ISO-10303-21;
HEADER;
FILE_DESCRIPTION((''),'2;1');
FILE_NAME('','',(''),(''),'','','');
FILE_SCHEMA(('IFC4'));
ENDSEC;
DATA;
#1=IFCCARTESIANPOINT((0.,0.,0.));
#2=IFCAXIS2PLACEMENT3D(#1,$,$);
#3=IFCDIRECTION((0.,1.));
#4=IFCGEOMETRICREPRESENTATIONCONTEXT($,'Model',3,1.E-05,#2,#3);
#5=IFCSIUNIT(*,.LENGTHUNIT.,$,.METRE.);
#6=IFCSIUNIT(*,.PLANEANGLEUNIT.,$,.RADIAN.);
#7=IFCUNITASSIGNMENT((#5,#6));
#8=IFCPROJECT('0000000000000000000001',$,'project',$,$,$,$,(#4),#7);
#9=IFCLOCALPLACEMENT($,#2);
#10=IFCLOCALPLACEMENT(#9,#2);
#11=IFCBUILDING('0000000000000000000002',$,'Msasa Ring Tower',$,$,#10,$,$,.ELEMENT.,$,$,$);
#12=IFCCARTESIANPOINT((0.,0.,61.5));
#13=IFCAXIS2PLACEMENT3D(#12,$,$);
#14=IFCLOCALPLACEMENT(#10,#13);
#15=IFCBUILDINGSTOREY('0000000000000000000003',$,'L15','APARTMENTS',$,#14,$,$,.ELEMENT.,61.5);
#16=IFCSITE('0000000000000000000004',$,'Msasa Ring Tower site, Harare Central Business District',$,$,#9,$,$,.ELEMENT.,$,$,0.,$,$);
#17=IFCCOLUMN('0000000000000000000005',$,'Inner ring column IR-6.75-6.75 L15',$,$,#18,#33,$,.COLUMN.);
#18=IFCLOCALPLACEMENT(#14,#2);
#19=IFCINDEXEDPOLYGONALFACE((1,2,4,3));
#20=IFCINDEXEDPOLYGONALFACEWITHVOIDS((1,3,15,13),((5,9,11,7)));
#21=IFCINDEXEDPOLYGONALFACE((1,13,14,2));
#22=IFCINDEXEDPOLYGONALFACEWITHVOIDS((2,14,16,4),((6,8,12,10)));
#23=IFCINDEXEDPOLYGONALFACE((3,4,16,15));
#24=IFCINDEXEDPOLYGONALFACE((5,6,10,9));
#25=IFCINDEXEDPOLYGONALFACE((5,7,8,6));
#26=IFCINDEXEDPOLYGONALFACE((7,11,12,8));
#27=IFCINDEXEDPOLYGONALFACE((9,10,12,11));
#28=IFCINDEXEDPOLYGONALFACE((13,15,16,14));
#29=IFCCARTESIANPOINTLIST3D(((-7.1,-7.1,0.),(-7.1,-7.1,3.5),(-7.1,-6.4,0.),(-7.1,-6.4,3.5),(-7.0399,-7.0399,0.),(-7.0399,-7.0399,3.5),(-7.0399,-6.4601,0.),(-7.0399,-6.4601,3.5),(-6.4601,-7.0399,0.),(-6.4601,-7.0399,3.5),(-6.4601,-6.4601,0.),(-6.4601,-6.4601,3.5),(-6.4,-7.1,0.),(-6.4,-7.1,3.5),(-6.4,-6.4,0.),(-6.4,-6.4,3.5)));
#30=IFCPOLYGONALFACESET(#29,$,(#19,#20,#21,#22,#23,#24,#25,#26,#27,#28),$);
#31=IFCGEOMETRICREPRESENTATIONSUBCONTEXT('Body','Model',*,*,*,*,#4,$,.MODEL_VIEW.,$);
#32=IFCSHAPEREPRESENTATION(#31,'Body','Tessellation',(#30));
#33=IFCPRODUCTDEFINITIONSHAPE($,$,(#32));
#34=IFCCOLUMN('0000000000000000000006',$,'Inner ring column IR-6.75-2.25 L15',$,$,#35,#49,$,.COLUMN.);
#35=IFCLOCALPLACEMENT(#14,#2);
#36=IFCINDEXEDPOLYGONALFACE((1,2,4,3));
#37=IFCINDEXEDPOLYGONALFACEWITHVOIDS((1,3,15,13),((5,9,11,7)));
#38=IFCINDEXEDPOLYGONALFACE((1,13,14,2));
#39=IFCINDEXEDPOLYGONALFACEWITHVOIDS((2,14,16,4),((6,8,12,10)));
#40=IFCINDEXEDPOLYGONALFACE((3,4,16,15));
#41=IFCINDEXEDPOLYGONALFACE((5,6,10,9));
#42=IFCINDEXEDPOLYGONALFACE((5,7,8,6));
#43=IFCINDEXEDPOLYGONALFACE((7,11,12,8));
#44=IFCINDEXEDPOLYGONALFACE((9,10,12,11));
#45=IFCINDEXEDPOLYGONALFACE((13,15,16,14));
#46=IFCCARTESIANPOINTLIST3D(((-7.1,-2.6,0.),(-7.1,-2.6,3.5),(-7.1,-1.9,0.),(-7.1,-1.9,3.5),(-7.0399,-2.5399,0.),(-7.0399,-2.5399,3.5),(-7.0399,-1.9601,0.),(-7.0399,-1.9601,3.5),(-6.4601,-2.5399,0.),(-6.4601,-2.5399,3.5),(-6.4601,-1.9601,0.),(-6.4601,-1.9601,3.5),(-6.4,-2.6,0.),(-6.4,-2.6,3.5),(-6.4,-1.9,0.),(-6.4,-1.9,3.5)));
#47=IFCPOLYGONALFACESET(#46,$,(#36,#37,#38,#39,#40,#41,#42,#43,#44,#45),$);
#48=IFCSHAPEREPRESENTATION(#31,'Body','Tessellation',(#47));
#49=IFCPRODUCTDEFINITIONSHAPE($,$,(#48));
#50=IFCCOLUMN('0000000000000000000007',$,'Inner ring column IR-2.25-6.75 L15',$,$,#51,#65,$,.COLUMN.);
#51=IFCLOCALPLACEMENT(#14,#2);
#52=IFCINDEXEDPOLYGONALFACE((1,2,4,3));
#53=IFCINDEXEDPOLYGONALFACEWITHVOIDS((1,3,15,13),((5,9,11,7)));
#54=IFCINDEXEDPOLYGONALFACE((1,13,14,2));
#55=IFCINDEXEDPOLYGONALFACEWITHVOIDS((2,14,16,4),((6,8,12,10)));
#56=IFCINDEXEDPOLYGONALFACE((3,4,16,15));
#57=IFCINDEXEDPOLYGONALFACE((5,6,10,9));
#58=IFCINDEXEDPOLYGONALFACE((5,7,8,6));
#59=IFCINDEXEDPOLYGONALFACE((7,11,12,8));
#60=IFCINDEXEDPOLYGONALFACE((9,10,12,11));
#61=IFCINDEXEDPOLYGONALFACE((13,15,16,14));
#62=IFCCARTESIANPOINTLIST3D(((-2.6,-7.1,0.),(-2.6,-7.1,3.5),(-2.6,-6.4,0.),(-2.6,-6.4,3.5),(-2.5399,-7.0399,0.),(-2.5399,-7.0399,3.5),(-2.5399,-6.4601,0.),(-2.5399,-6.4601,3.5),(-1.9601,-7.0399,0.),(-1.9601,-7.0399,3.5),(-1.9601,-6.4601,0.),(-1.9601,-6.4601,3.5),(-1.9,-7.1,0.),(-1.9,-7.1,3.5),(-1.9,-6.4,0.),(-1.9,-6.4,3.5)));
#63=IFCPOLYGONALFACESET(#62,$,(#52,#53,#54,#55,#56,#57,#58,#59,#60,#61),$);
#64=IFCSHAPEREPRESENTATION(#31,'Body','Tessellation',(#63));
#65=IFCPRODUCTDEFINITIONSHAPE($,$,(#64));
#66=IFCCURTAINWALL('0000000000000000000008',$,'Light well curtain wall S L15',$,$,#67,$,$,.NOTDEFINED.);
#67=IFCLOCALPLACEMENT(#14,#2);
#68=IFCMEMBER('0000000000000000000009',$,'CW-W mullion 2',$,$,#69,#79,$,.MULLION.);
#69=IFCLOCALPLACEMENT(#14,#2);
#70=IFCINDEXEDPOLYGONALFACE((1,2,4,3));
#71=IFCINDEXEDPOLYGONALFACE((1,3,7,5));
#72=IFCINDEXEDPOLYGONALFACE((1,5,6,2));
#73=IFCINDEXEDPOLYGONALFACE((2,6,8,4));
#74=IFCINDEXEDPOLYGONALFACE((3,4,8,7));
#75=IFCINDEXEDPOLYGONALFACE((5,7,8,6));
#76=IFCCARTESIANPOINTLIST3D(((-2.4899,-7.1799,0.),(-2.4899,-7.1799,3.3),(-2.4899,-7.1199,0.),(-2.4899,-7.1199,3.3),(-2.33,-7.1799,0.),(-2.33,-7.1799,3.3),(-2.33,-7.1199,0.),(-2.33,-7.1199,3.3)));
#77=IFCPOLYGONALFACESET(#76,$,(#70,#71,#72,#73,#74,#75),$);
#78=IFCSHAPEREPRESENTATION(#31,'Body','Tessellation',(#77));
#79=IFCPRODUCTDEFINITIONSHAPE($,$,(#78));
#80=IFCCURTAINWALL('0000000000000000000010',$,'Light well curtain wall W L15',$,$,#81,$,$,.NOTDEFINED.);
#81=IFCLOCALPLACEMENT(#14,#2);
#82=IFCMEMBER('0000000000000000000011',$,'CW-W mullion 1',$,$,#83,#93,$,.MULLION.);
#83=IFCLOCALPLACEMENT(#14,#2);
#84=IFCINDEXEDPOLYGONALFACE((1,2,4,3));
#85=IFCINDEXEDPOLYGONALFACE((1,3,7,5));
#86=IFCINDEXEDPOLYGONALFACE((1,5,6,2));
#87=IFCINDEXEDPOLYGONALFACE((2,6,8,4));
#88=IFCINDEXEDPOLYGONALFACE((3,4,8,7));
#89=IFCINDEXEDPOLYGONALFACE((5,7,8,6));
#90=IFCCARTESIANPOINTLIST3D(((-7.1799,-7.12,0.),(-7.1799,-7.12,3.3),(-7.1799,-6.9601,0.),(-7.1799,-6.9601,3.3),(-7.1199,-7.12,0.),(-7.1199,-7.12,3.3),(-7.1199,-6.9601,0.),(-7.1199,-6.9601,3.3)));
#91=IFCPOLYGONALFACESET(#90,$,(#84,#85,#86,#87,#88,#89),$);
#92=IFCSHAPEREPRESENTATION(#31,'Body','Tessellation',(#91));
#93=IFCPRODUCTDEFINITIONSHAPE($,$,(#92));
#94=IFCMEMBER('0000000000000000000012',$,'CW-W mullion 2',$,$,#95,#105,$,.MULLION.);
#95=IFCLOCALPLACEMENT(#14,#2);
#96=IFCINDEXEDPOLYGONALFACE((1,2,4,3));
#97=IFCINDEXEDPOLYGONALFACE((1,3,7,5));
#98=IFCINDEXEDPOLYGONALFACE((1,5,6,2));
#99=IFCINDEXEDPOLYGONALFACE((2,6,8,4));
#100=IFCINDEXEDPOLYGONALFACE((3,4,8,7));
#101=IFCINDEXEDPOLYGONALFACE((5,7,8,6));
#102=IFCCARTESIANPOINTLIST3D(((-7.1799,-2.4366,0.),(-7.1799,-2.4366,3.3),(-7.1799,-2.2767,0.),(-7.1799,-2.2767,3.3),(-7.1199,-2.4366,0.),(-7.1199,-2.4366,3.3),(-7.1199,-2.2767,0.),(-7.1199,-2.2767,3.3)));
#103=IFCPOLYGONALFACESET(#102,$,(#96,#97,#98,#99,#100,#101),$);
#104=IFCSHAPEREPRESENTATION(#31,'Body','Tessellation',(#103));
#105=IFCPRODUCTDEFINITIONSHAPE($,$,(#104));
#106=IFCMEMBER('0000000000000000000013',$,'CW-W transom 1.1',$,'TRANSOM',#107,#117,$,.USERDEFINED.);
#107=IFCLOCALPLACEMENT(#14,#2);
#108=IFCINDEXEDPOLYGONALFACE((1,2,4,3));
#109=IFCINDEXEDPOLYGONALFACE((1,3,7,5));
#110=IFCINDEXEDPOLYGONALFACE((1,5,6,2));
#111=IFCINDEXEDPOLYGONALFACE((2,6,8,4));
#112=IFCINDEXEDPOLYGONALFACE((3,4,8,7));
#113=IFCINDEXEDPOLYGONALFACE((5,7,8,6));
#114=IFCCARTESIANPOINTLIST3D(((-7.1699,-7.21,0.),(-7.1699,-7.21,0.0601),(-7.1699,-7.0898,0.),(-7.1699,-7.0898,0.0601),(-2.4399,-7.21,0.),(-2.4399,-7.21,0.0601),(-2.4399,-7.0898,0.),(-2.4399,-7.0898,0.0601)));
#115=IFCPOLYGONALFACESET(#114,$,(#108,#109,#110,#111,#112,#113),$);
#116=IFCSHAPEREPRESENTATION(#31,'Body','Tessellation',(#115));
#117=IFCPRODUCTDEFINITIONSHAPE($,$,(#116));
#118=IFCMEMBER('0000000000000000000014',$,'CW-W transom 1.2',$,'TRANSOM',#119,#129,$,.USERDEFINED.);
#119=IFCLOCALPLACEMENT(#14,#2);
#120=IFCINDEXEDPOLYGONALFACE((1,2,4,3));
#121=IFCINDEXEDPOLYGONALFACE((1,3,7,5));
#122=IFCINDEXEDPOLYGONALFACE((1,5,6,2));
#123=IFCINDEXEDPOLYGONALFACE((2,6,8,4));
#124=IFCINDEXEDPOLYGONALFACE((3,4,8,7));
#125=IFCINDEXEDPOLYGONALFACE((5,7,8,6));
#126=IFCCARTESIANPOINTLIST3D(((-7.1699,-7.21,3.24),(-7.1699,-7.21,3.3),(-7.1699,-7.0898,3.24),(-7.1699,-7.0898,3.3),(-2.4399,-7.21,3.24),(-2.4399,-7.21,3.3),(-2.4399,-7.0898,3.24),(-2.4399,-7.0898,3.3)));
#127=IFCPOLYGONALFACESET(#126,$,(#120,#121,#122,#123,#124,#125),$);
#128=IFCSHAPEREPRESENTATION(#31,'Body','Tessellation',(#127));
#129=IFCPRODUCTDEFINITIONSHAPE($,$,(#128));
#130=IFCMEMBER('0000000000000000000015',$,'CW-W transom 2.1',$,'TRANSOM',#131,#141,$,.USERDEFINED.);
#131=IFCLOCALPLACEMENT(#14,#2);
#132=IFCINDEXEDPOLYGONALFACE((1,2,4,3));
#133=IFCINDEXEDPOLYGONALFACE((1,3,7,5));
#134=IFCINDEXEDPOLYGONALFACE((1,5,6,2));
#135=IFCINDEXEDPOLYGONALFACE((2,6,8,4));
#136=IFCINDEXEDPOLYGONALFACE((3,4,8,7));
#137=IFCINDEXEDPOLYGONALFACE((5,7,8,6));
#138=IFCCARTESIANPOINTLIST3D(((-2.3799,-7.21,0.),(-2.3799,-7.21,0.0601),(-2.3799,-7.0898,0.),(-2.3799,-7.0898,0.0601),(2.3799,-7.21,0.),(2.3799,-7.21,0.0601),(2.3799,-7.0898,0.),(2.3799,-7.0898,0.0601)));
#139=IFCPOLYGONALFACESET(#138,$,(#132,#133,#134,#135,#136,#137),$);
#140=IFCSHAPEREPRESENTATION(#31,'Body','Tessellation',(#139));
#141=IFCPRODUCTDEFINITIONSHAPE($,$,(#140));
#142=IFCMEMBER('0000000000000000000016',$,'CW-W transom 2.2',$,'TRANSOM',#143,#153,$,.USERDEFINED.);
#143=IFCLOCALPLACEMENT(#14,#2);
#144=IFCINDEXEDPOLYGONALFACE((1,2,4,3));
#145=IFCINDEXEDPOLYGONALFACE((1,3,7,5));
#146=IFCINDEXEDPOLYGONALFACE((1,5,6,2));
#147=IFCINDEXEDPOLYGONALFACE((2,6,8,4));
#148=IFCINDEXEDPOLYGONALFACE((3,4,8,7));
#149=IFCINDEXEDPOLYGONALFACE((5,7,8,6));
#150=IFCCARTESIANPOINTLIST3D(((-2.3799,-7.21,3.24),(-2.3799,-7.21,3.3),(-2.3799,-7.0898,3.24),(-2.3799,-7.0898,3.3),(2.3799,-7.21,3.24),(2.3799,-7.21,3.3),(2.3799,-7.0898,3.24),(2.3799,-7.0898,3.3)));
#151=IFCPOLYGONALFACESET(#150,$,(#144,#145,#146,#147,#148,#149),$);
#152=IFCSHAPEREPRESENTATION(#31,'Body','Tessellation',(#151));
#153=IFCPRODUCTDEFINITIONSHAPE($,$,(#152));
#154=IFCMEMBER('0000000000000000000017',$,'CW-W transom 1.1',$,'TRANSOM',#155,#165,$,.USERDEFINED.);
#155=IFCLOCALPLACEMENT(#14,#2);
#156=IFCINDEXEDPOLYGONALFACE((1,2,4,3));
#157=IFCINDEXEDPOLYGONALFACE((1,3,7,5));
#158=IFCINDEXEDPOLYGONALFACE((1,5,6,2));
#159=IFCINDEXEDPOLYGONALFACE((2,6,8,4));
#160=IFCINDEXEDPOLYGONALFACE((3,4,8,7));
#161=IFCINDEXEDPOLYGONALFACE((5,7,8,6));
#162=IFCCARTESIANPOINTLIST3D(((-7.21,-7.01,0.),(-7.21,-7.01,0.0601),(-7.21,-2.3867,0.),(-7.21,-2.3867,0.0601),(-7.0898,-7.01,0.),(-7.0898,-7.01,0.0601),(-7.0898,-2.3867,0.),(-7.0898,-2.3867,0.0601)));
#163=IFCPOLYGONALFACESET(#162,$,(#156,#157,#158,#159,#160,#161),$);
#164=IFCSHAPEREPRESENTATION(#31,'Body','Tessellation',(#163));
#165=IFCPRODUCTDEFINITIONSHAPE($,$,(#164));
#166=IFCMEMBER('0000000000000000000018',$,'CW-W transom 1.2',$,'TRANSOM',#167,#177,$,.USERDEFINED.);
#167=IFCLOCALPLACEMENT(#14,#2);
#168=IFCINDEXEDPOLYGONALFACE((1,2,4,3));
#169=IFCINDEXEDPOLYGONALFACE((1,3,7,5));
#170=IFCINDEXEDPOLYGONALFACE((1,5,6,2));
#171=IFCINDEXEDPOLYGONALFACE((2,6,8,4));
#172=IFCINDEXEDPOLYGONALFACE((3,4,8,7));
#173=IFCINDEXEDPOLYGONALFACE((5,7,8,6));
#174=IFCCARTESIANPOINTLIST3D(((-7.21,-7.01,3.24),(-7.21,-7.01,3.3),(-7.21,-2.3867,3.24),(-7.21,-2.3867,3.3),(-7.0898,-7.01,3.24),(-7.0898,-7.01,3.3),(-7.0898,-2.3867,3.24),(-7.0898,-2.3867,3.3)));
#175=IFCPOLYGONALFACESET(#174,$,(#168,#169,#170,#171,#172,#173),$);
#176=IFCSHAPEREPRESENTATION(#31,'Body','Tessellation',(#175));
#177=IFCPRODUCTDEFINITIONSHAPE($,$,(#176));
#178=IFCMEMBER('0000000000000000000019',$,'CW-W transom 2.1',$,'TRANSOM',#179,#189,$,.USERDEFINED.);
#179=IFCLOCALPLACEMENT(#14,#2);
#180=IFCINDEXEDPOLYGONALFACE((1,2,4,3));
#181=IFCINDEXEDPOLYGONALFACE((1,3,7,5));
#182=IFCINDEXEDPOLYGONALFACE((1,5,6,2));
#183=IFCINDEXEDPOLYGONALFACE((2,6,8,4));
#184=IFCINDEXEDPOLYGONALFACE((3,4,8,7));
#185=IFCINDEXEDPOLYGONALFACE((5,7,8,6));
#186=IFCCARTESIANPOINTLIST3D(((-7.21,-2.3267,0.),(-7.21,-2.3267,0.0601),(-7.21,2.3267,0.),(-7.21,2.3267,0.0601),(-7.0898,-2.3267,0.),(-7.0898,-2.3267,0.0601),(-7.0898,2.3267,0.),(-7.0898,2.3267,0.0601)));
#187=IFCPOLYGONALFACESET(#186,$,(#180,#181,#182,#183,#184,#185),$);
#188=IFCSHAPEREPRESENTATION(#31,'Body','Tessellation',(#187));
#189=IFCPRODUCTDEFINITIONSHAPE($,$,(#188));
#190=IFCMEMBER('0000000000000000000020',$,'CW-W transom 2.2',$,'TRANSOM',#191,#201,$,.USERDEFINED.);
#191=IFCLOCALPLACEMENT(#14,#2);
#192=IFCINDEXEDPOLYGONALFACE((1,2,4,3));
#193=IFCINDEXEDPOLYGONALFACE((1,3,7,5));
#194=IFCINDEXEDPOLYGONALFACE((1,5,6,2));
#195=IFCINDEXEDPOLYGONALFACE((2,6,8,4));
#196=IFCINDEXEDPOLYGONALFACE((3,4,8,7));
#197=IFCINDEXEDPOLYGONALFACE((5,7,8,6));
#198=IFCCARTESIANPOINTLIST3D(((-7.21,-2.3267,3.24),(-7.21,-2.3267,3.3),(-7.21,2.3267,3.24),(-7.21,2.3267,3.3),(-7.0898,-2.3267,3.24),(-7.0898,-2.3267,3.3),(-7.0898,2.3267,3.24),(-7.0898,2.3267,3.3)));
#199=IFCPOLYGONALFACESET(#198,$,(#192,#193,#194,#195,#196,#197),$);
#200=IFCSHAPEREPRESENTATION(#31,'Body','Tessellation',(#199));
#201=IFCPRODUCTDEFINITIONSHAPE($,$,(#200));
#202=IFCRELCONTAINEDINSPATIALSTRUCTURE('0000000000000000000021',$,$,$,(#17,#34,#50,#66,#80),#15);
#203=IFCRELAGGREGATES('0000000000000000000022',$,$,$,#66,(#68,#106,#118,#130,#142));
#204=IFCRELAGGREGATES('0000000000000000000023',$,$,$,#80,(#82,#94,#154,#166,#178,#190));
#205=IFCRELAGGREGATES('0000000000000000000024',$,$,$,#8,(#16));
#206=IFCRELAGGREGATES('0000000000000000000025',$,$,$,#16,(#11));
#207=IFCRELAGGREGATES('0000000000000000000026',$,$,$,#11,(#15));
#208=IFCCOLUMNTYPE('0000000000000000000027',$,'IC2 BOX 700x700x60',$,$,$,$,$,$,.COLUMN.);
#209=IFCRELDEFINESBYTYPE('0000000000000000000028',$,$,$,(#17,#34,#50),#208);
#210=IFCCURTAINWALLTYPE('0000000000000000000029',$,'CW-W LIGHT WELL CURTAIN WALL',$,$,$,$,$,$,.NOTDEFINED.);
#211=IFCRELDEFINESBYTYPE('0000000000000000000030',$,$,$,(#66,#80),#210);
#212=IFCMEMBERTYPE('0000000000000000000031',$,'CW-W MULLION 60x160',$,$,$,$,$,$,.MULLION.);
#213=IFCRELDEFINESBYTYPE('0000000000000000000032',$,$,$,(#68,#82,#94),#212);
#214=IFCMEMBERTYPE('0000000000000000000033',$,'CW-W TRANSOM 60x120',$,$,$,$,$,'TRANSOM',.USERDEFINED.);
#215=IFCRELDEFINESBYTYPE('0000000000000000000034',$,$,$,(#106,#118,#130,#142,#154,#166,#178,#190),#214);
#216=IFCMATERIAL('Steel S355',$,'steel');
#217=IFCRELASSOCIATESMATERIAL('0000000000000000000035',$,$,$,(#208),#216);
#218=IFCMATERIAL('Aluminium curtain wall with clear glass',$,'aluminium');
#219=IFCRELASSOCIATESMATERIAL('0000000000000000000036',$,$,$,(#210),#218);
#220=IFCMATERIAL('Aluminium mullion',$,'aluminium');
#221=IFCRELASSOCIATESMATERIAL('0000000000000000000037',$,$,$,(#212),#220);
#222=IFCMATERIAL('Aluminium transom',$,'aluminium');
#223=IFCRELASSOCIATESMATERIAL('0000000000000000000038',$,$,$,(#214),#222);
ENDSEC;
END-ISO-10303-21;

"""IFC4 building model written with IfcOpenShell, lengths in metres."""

from ifc_helpers import new_model, si_unit, direction, frame, origin, origin_2d, place, context, subcontext, project, spatial, rectangle, hollow_rectangle, extrude, material, material_profile, profile_set, type_object, element, aggregate, save


model = new_model("IFC4")

# Units and contexts
model_context = context("Model", 3, precision=1e-05, world=origin(), true_north=direction((0.0, 1.0)))
body_context = subcontext(model_context, "Body", "Model", "MODEL_VIEW")
ifc_project = project(units=[si_unit("LENGTHUNIT", "METRE"), si_unit("PLANEANGLEUNIT", "RADIAN")], contexts=[model_context])

# Site, building, storey
site_placement = place(None, origin())
site = spatial("IfcSite", under=ifc_project, at=site_placement, Name="Msasa Ring Tower site, Harare Central Business District", CompositionType="ELEMENT", RefElevation=0.0)
building_placement = place(site_placement, origin())
building = spatial("IfcBuilding", under=site, at=building_placement, Name="Msasa Ring Tower", CompositionType="ELEMENT")
storey_placement = place(building_placement, frame((0.0, 0.0, 61.5)))
storey = spatial("IfcBuildingStorey", under=building, at=storey_placement, Name="L15", Description="APARTMENTS", CompositionType="ELEMENT", Elevation=61.5)

# Columns
ifc_material_1 = material(Name="Steel S355", Category="steel")
ifc_material_profile_1 = material_profile(ifc_material_1, hollow_rectangle(XDim=0.7, YDim=0.7, WallThickness=0.0601, at=origin_2d()), Name="BOX 700x700x60")
ifc_profile_set_1 = profile_set([ifc_material_profile_1], Name="Steel S355")
column_type = type_object("IfcColumnType", Name="IC2 BOX 700x700x60", PredefinedType="COLUMN", material=ifc_profile_set_1)
for number, where, z_axis, x_axis, name in (
    (1, (-6.75, -6.75, 0.0), (0.0, 0.0, 1.0), (1.0, 0.0, 0.0), "Inner ring column IR-6.75-6.75 L15"),
    (2, (-6.75, -2.25, 0.0), (0.0, 0.0, 1.0), (1.0, 0.0, 0.0), "Inner ring column IR-6.75-2.25 L15"),
    (3, (-2.25, -6.75, 0.0), (0.0, 0.0, 1.0), (1.0, 0.0, 0.0), "Inner ring column IR-2.25-6.75 L15"),
):
    element("IfcColumn", number, at=place(storey_placement, frame(where, z_axis=z_axis, x_axis=x_axis)), inside=storey, type_object=column_type, Name=name, PredefinedType="COLUMN", context=body_context, shape_type="SweptSolid", body=[
        extrude(hollow_rectangle(XDim=0.7, YDim=0.7, WallThickness=0.0601, at=origin_2d()), origin(), (0.0, 0.0, 1.0), 3.5),
    ])

# Curtain wall, member
ifc_material_2 = material(Name="Aluminium curtain wall with clear glass", Category="aluminium")
curtain_wall_type = type_object("IfcCurtainWallType", Name="CW-W LIGHT WELL CURTAIN WALL", PredefinedType="NOTDEFINED", material=ifc_material_2)
curtain_wall_1_placement = place(storey_placement, origin())
curtain_wall_1 = element("IfcCurtainWall", 4, at=curtain_wall_1_placement, inside=storey, type_object=curtain_wall_type, Name="Light well curtain wall S L15", PredefinedType="NOTDEFINED")
ifc_material_3 = material(Name="Aluminium mullion", Category="aluminium")
ifc_material_profile_2 = material_profile(ifc_material_3, rectangle(XDim=0.0601, YDim=0.1599, at=origin_2d()), Name="AL 60x160")
ifc_profile_set_2 = profile_set([ifc_material_profile_2], Name="Aluminium mullion")
member_type_1 = type_object("IfcMemberType", Name="CW-W MULLION 60x160", PredefinedType="MULLION", material=ifc_profile_set_2)
member_1_placement = place(storey_placement, frame((-2.4099, -7.1499, 0.0), z_axis=(0.0, 0.0, 1.0), x_axis=(0.0, 1.0, 0.0)))
member_1 = element("IfcMember", 5, at=member_1_placement, type_object=member_type_1, Name="CW-W mullion 2", PredefinedType="MULLION", context=body_context, shape_type="SweptSolid", body=[
    extrude(rectangle(XDim=0.0601, YDim=0.1599, at=origin_2d()), origin(), (0.0, 0.0, 1.0), 3.3),
])

# Curtain wall, members
curtain_wall_2_placement = place(storey_placement, origin())
curtain_wall_2 = element("IfcCurtainWall", 6, at=curtain_wall_2_placement, inside=storey, type_object=curtain_wall_type, Name="Light well curtain wall W L15", PredefinedType="NOTDEFINED")
member_2_placement = place(storey_placement, frame((-7.1499, -7.04, 0.0), z_axis=(0.0, 0.0, 1.0), x_axis=(-1.0, 0.0, 0.0)))
member_2 = element("IfcMember", 7, at=member_2_placement, type_object=member_type_1, Name="CW-W mullion 1", PredefinedType="MULLION", context=body_context, shape_type="SweptSolid", body=[
    extrude(rectangle(XDim=0.0601, YDim=0.1599, at=origin_2d()), origin(), (0.0, 0.0, 1.0), 3.3),
])
member_3_placement = place(storey_placement, frame((-7.1499, -2.3567, 0.0), z_axis=(0.0, 0.0, 1.0), x_axis=(-1.0, 0.0, 0.0)))
member_3 = element("IfcMember", 8, at=member_3_placement, type_object=member_type_1, Name="CW-W mullion 2", PredefinedType="MULLION", context=body_context, shape_type="SweptSolid", body=[
    extrude(rectangle(XDim=0.0601, YDim=0.1599, at=origin_2d()), origin(), (0.0, 0.0, 1.0), 3.3),
])

# Members
ifc_material_4 = material(Name="Aluminium transom", Category="aluminium")
ifc_material_profile_3 = material_profile(ifc_material_4, rectangle(XDim=0.1201, YDim=0.0601, at=origin_2d()), Name="AL 60x120")
ifc_profile_set_3 = profile_set([ifc_material_profile_3], Name="Aluminium transom")
member_type_2 = type_object("IfcMemberType", Name="CW-W TRANSOM 60x120", ElementType="TRANSOM", PredefinedType="USERDEFINED", material=ifc_profile_set_3)
member_4_placement = place(storey_placement, frame((-7.1699, -7.1499, 0.03), z_axis=(1.0, 0.0, 0.0), x_axis=(0.0, 1.0, 0.0)))
member_4 = element("IfcMember", 9, at=member_4_placement, type_object=member_type_2, Name="CW-W transom 1.1", ObjectType="TRANSOM", PredefinedType="USERDEFINED", context=body_context, shape_type="SweptSolid", body=[
    extrude(rectangle(XDim=0.1201, YDim=0.0601, at=origin_2d()), origin(), (0.0, 0.0, 1.0), 4.73),
])
member_5_placement = place(storey_placement, frame((-7.1699, -7.1499, 3.27), z_axis=(1.0, 0.0, 0.0), x_axis=(0.0, 1.0, 0.0)))
member_5 = element("IfcMember", 10, at=member_5_placement, type_object=member_type_2, Name="CW-W transom 1.2", ObjectType="TRANSOM", PredefinedType="USERDEFINED", context=body_context, shape_type="SweptSolid", body=[
    extrude(rectangle(XDim=0.1201, YDim=0.0601, at=origin_2d()), origin(), (0.0, 0.0, 1.0), 4.73),
])
member_6_placement = place(storey_placement, frame((-2.3799, -7.1499, 0.03), z_axis=(1.0, 0.0, 0.0), x_axis=(0.0, 1.0, 0.0)))
member_6 = element("IfcMember", 11, at=member_6_placement, type_object=member_type_2, Name="CW-W transom 2.1", ObjectType="TRANSOM", PredefinedType="USERDEFINED", context=body_context, shape_type="SweptSolid", body=[
    extrude(rectangle(XDim=0.1201, YDim=0.0601, at=origin_2d()), origin(), (0.0, 0.0, 1.0), 4.7598),
])
member_7_placement = place(storey_placement, frame((-2.3799, -7.1499, 3.27), z_axis=(1.0, 0.0, 0.0), x_axis=(0.0, 1.0, 0.0)))
member_7 = element("IfcMember", 12, at=member_7_placement, type_object=member_type_2, Name="CW-W transom 2.2", ObjectType="TRANSOM", PredefinedType="USERDEFINED", context=body_context, shape_type="SweptSolid", body=[
    extrude(rectangle(XDim=0.1201, YDim=0.0601, at=origin_2d()), origin(), (0.0, 0.0, 1.0), 4.7598),
])
member_8_placement = place(storey_placement, frame((-7.1499, -7.01, 0.03), z_axis=(0.0, 1.0, 0.0), x_axis=(-1.0, 0.0, 0.0)))
member_8 = element("IfcMember", 13, at=member_8_placement, type_object=member_type_2, Name="CW-W transom 1.1", ObjectType="TRANSOM", PredefinedType="USERDEFINED", context=body_context, shape_type="SweptSolid", body=[
    extrude(rectangle(XDim=0.1201, YDim=0.0601, at=origin_2d()), origin(), (0.0, 0.0, 1.0), 4.6233),
])
member_9_placement = place(storey_placement, frame((-7.1499, -7.01, 3.27), z_axis=(0.0, 1.0, 0.0), x_axis=(-1.0, 0.0, 0.0)))
member_9 = element("IfcMember", 14, at=member_9_placement, type_object=member_type_2, Name="CW-W transom 1.2", ObjectType="TRANSOM", PredefinedType="USERDEFINED", context=body_context, shape_type="SweptSolid", body=[
    extrude(rectangle(XDim=0.1201, YDim=0.0601, at=origin_2d()), origin(), (0.0, 0.0, 1.0), 4.6233),
])
member_10_placement = place(storey_placement, frame((-7.1499, -2.3267, 0.03), z_axis=(0.0, 1.0, 0.0), x_axis=(-1.0, 0.0, 0.0)))
member_10 = element("IfcMember", 15, at=member_10_placement, type_object=member_type_2, Name="CW-W transom 2.1", ObjectType="TRANSOM", PredefinedType="USERDEFINED", context=body_context, shape_type="SweptSolid", body=[
    extrude(rectangle(XDim=0.1201, YDim=0.0601, at=origin_2d()), origin(), (0.0, 0.0, 1.0), 4.6533),
])
member_11_placement = place(storey_placement, frame((-7.1499, -2.3267, 3.27), z_axis=(0.0, 1.0, 0.0), x_axis=(-1.0, 0.0, 0.0)))
member_11 = element("IfcMember", 16, at=member_11_placement, type_object=member_type_2, Name="CW-W transom 2.2", ObjectType="TRANSOM", PredefinedType="USERDEFINED", context=body_context, shape_type="SweptSolid", body=[
    extrude(rectangle(XDim=0.1201, YDim=0.0601, at=origin_2d()), origin(), (0.0, 0.0, 1.0), 4.6533),
])

aggregate(curtain_wall_1, [member_1, member_4, member_5, member_6, member_7])
aggregate(curtain_wall_2, [member_2, member_3, member_8, member_9, member_10, member_11])

save(model, "model.ifc")
